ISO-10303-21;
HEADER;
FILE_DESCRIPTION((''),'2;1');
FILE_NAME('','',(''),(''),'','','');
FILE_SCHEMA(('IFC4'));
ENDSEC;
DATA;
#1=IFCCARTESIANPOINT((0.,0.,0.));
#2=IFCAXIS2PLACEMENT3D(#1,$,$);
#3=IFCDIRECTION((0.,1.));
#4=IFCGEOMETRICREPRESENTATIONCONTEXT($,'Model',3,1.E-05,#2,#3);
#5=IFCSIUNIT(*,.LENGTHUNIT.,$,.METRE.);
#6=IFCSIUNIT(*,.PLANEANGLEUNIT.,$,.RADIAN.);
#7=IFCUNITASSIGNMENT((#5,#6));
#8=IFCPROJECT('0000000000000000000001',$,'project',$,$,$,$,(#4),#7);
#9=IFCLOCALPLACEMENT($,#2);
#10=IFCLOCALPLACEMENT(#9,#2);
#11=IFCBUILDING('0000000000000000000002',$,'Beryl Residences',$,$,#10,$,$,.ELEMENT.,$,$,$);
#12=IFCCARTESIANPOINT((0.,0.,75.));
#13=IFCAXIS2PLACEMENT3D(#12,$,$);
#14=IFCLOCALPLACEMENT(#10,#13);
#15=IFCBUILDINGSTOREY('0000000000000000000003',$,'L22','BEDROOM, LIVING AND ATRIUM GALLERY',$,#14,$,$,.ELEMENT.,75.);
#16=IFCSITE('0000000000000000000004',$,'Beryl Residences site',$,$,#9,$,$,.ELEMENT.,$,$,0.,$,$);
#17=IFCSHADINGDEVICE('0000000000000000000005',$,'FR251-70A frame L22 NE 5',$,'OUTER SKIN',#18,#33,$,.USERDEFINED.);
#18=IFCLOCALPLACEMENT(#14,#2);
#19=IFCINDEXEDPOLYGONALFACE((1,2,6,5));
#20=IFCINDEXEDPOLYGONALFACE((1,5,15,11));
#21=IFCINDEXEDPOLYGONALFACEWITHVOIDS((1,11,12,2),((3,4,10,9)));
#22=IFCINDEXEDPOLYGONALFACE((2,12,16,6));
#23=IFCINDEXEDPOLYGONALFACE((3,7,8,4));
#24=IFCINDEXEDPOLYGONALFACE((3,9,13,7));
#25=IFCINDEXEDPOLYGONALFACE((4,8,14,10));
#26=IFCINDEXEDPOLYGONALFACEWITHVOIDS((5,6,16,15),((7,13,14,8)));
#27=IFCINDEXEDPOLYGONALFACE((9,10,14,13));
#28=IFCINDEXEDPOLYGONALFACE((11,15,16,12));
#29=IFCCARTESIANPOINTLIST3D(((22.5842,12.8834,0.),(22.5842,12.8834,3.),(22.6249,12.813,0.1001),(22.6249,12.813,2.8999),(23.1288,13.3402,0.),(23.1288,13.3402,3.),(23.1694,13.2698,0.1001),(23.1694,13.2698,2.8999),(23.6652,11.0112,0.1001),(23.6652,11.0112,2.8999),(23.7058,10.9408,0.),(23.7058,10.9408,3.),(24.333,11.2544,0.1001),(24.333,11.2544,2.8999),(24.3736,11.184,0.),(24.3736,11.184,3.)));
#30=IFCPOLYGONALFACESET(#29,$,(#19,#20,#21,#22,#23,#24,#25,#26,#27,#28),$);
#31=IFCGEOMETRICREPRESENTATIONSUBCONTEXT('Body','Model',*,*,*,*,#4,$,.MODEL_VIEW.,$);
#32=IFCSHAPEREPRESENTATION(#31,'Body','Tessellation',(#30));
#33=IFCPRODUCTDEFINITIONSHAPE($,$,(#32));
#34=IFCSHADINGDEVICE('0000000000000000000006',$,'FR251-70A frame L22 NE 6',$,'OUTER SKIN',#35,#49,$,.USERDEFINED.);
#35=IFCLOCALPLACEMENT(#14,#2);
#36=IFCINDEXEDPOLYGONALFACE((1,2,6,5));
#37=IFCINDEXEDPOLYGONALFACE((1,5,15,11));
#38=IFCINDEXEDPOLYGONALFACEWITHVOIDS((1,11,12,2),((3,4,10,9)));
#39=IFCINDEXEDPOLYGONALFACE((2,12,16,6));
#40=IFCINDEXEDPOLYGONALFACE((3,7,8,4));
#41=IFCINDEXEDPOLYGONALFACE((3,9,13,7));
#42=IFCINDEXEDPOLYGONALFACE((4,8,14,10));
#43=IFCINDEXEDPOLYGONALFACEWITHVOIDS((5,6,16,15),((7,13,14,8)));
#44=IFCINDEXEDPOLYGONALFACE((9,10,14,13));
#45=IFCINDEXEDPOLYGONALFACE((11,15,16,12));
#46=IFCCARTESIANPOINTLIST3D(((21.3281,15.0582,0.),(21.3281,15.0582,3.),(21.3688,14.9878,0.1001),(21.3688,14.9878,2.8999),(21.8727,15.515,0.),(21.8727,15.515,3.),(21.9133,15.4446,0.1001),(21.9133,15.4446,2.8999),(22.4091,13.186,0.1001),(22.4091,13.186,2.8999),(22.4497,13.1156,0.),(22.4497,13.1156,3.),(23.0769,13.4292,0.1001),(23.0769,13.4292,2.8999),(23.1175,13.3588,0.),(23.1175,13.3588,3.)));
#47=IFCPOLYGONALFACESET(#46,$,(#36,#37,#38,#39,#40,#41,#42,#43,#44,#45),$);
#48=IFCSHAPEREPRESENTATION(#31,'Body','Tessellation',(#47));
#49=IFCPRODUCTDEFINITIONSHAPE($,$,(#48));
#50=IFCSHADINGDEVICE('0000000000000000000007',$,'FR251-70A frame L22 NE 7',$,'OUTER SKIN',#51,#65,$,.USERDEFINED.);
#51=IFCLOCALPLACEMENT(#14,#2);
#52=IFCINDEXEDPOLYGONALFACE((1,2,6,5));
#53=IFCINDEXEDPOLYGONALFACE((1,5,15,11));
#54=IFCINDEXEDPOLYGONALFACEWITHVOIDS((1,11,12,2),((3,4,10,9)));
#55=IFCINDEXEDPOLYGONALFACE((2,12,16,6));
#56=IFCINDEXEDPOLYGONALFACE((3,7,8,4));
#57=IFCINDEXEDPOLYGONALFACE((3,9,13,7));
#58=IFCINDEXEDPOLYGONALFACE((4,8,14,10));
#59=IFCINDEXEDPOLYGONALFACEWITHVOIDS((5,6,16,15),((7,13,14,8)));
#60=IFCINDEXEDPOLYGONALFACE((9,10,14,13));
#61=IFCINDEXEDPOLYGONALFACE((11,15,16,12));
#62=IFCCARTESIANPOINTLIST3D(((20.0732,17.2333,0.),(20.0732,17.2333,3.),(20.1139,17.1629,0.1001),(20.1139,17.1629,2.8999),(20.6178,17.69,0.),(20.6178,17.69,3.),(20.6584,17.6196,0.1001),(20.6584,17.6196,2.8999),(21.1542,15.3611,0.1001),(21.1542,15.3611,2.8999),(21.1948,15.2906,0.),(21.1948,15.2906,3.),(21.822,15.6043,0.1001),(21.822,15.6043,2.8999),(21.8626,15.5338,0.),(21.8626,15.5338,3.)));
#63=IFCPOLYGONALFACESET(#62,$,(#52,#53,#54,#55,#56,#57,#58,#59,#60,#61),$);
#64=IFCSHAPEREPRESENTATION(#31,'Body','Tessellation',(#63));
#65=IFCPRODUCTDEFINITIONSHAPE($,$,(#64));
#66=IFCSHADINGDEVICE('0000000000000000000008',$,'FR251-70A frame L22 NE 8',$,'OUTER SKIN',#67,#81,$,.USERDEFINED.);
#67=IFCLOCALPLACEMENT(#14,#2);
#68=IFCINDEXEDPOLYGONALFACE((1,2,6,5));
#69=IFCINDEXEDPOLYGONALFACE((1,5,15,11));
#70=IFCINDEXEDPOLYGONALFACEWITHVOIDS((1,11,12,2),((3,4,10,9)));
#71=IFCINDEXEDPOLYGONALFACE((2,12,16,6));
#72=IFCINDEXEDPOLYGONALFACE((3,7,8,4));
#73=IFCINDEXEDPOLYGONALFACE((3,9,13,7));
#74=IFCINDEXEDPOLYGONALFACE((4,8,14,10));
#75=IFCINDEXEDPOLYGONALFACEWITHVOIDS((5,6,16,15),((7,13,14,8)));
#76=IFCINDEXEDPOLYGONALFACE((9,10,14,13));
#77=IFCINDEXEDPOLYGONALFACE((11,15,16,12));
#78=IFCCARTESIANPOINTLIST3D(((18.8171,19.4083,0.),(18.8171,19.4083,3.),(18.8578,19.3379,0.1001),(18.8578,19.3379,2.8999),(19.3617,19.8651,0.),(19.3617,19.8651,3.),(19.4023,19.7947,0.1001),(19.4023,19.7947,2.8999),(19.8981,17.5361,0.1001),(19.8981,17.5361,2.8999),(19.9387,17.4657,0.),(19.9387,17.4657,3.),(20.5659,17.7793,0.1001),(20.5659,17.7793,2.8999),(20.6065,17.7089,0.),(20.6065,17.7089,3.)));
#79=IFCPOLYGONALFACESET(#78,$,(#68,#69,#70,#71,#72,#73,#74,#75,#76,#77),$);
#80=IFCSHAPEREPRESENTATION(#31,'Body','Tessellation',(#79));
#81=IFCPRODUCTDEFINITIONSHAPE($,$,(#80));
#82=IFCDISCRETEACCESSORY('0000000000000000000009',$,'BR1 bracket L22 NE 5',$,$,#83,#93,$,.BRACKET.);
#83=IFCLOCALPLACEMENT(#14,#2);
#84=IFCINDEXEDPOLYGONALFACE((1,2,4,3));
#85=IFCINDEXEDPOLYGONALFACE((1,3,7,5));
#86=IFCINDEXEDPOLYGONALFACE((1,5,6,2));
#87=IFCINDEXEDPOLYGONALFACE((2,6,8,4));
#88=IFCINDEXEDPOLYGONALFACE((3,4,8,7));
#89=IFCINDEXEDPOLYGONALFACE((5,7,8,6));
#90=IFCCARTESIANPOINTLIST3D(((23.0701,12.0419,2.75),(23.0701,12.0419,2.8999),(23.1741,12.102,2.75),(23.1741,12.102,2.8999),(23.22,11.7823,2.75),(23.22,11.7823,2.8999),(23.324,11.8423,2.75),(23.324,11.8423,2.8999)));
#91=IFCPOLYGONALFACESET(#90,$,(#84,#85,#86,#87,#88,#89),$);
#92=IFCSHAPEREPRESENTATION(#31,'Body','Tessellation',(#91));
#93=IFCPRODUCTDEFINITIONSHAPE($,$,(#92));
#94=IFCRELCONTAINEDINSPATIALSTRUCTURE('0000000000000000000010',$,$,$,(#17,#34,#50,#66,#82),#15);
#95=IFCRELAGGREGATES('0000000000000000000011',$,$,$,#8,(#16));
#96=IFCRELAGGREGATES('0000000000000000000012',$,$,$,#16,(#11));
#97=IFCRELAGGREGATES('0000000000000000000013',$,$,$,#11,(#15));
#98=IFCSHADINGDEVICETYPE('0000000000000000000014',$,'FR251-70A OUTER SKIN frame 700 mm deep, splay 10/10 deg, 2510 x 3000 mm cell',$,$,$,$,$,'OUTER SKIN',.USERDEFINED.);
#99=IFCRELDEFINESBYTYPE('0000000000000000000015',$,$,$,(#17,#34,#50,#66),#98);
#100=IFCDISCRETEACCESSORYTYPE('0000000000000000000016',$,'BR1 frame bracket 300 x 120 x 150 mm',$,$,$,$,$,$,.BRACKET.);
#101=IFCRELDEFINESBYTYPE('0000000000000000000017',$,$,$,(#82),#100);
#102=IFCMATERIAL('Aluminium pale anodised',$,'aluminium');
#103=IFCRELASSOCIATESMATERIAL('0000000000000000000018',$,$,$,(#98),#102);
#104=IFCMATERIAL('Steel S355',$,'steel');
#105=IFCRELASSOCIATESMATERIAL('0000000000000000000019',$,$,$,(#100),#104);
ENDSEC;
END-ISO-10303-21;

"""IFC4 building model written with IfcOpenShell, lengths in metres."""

from ifc_helpers import new_model, entity, si_unit, direction, frame, origin, place, context, subcontext, project, spatial, polyline, outline, extrude, source, transform, mapped, material, type_object, type_shapes, element, save


model = new_model("IFC4")

# Units and contexts
model_context = context("Model", 3, precision=1e-05, world=origin(), true_north=direction((0.0, 1.0)))
body_context = subcontext(model_context, "Body", "Model", "MODEL_VIEW")
ifc_project = project(units=[si_unit("LENGTHUNIT", "METRE"), si_unit("PLANEANGLEUNIT", "RADIAN")], contexts=[model_context])

# Site, building, storey
site_placement = place(None, origin())
site = spatial("IfcSite", under=ifc_project, at=site_placement, Name="Beryl Residences site", CompositionType="ELEMENT", RefElevation=0.0)
building_placement = place(site_placement, origin())
building = spatial("IfcBuilding", under=site, at=building_placement, Name="Beryl Residences", CompositionType="ELEMENT")
storey_placement = place(building_placement, frame((0.0, 0.0, 75.0)))
storey = spatial("IfcBuildingStorey", under=building, at=storey_placement, Name="L22", Description="BEDROOM, LIVING AND ATRIUM GALLERY", CompositionType="ELEMENT", Elevation=75.0)

# Shading devices
ifc_material_1 = material(Name="Aluminium pale anodised", Category="aluminium")
shading_device_type = type_object("IfcShadingDeviceType", Name="FR251-70A OUTER SKIN frame 700 mm deep, splay 10/10 deg, 2510 x 3000 mm cell", ElementType="OUTER SKIN", PredefinedType="USERDEFINED", material=ifc_material_1)
cartesian_point_1 = entity("IfcCartesianPoint", [-1.1216, 0.0])
cartesian_point_2 = entity("IfcCartesianPoint", [-1.0403, 0.1001])
cartesian_point_3 = entity("IfcCartesianPoint", [-1.2449, 0.0])
cartesian_point_4 = entity("IfcCartesianPoint", [-1.1636, 0.1001])
shared_shape_1 = source(origin(), body_context, "Body", "SweptSolid", [
    entity("IfcExtrudedAreaSolidTapered", entity("IfcArbitraryProfileDefWithVoids", "AREA", None, entity("IfcPolyline", [cartesian_point_1, entity("IfcCartesianPoint", [1.1216, 0.0]), entity("IfcCartesianPoint", [1.1216, 3.0]), entity("IfcCartesianPoint", [-1.1216, 3.0]), cartesian_point_1]), [entity("IfcPolyline", [cartesian_point_2, entity("IfcCartesianPoint", [1.0403, 0.1001]), entity("IfcCartesianPoint", [1.0403, 2.8999]), entity("IfcCartesianPoint", [-1.0403, 2.8999]), cartesian_point_2])]), entity("IfcAxis2Placement3D", entity("IfcCartesianPoint", [0.0, 0.0, 0.0]), entity("IfcDirection", [0.0, 1.0, 0.0]), entity("IfcDirection", [-1.0, 0.0, 0.0])), entity("IfcDirection", [0.0, 0.0, 1.0]), 0.7, entity("IfcArbitraryProfileDefWithVoids", "AREA", None, entity("IfcPolyline", [cartesian_point_3, entity("IfcCartesianPoint", [1.2449, 0.0]), entity("IfcCartesianPoint", [1.2449, 3.0]), entity("IfcCartesianPoint", [-1.2449, 3.0]), cartesian_point_3]), [entity("IfcPolyline", [cartesian_point_4, entity("IfcCartesianPoint", [1.1636, 0.1001]), entity("IfcCartesianPoint", [1.1636, 2.8999]), entity("IfcCartesianPoint", [-1.1636, 2.8999]), cartesian_point_4])])),
])
type_shapes(shading_device_type, [shared_shape_1])
for number, where, z_axis, x_axis, name in (
    (1, (23.145, 11.9121, 0.0), (0.0, 0.0, 1.0), (0.5, -0.866025, 0.0), "FR251-70A frame L22 NE 5"),
    (2, (21.8889, 14.0869, 0.0), (0.0, 0.0, 1.0), (0.5, -0.866025, 0.0), "FR251-70A frame L22 NE 6"),
    (3, (20.634, 16.262, 0.0), (0.0, 0.0, 1.0), (0.5, -0.866025, 0.0), "FR251-70A frame L22 NE 7"),
    (4, (19.3779, 18.437, 0.0), (0.0, 0.0, 1.0), (0.5, -0.866025, 0.0), "FR251-70A frame L22 NE 8"),
):
    element("IfcShadingDevice", number, at=place(storey_placement, frame(where, z_axis=z_axis, x_axis=x_axis)), inside=storey, type_object=shading_device_type, Name=name, ObjectType="OUTER SKIN", PredefinedType="USERDEFINED", context=body_context, shape_type="MappedRepresentation", body=[
        mapped(shared_shape_1, transform((0.0, 0.0, 0.0))),
    ])

# Discrete accessory
ifc_material_2 = material(Name="Steel S355", Category="steel")
discrete_accessory_type = type_object("IfcDiscreteAccessoryType", Name="BR1 frame bracket 300 x 120 x 150 mm", PredefinedType="BRACKET", material=ifc_material_2)
shared_shape_2 = source(origin(), body_context, "Body", "SweptSolid", [
    extrude(outline(polyline([(-0.1499, 0.0), (0.1499, 0.0), (0.1499, 0.1201), (-0.1499, 0.1201), (-0.1499, 0.0)])), origin(), (0.0, 0.0, 1.0), 0.1499),
])
type_shapes(discrete_accessory_type, [shared_shape_2])
discrete_accessory_placement = place(storey_placement, frame((23.145, 11.9121, 2.75), z_axis=(0.0, 0.0, 1.0), x_axis=(0.5, -0.866025, 0.0)))
element("IfcDiscreteAccessory", 5, at=discrete_accessory_placement, inside=storey, type_object=discrete_accessory_type, Name="BR1 bracket L22 NE 5", PredefinedType="BRACKET", context=body_context, shape_type="MappedRepresentation", body=[
    mapped(shared_shape_2, transform((0.0, 0.0, 0.0))),
])

save(model, "model.ifc")
